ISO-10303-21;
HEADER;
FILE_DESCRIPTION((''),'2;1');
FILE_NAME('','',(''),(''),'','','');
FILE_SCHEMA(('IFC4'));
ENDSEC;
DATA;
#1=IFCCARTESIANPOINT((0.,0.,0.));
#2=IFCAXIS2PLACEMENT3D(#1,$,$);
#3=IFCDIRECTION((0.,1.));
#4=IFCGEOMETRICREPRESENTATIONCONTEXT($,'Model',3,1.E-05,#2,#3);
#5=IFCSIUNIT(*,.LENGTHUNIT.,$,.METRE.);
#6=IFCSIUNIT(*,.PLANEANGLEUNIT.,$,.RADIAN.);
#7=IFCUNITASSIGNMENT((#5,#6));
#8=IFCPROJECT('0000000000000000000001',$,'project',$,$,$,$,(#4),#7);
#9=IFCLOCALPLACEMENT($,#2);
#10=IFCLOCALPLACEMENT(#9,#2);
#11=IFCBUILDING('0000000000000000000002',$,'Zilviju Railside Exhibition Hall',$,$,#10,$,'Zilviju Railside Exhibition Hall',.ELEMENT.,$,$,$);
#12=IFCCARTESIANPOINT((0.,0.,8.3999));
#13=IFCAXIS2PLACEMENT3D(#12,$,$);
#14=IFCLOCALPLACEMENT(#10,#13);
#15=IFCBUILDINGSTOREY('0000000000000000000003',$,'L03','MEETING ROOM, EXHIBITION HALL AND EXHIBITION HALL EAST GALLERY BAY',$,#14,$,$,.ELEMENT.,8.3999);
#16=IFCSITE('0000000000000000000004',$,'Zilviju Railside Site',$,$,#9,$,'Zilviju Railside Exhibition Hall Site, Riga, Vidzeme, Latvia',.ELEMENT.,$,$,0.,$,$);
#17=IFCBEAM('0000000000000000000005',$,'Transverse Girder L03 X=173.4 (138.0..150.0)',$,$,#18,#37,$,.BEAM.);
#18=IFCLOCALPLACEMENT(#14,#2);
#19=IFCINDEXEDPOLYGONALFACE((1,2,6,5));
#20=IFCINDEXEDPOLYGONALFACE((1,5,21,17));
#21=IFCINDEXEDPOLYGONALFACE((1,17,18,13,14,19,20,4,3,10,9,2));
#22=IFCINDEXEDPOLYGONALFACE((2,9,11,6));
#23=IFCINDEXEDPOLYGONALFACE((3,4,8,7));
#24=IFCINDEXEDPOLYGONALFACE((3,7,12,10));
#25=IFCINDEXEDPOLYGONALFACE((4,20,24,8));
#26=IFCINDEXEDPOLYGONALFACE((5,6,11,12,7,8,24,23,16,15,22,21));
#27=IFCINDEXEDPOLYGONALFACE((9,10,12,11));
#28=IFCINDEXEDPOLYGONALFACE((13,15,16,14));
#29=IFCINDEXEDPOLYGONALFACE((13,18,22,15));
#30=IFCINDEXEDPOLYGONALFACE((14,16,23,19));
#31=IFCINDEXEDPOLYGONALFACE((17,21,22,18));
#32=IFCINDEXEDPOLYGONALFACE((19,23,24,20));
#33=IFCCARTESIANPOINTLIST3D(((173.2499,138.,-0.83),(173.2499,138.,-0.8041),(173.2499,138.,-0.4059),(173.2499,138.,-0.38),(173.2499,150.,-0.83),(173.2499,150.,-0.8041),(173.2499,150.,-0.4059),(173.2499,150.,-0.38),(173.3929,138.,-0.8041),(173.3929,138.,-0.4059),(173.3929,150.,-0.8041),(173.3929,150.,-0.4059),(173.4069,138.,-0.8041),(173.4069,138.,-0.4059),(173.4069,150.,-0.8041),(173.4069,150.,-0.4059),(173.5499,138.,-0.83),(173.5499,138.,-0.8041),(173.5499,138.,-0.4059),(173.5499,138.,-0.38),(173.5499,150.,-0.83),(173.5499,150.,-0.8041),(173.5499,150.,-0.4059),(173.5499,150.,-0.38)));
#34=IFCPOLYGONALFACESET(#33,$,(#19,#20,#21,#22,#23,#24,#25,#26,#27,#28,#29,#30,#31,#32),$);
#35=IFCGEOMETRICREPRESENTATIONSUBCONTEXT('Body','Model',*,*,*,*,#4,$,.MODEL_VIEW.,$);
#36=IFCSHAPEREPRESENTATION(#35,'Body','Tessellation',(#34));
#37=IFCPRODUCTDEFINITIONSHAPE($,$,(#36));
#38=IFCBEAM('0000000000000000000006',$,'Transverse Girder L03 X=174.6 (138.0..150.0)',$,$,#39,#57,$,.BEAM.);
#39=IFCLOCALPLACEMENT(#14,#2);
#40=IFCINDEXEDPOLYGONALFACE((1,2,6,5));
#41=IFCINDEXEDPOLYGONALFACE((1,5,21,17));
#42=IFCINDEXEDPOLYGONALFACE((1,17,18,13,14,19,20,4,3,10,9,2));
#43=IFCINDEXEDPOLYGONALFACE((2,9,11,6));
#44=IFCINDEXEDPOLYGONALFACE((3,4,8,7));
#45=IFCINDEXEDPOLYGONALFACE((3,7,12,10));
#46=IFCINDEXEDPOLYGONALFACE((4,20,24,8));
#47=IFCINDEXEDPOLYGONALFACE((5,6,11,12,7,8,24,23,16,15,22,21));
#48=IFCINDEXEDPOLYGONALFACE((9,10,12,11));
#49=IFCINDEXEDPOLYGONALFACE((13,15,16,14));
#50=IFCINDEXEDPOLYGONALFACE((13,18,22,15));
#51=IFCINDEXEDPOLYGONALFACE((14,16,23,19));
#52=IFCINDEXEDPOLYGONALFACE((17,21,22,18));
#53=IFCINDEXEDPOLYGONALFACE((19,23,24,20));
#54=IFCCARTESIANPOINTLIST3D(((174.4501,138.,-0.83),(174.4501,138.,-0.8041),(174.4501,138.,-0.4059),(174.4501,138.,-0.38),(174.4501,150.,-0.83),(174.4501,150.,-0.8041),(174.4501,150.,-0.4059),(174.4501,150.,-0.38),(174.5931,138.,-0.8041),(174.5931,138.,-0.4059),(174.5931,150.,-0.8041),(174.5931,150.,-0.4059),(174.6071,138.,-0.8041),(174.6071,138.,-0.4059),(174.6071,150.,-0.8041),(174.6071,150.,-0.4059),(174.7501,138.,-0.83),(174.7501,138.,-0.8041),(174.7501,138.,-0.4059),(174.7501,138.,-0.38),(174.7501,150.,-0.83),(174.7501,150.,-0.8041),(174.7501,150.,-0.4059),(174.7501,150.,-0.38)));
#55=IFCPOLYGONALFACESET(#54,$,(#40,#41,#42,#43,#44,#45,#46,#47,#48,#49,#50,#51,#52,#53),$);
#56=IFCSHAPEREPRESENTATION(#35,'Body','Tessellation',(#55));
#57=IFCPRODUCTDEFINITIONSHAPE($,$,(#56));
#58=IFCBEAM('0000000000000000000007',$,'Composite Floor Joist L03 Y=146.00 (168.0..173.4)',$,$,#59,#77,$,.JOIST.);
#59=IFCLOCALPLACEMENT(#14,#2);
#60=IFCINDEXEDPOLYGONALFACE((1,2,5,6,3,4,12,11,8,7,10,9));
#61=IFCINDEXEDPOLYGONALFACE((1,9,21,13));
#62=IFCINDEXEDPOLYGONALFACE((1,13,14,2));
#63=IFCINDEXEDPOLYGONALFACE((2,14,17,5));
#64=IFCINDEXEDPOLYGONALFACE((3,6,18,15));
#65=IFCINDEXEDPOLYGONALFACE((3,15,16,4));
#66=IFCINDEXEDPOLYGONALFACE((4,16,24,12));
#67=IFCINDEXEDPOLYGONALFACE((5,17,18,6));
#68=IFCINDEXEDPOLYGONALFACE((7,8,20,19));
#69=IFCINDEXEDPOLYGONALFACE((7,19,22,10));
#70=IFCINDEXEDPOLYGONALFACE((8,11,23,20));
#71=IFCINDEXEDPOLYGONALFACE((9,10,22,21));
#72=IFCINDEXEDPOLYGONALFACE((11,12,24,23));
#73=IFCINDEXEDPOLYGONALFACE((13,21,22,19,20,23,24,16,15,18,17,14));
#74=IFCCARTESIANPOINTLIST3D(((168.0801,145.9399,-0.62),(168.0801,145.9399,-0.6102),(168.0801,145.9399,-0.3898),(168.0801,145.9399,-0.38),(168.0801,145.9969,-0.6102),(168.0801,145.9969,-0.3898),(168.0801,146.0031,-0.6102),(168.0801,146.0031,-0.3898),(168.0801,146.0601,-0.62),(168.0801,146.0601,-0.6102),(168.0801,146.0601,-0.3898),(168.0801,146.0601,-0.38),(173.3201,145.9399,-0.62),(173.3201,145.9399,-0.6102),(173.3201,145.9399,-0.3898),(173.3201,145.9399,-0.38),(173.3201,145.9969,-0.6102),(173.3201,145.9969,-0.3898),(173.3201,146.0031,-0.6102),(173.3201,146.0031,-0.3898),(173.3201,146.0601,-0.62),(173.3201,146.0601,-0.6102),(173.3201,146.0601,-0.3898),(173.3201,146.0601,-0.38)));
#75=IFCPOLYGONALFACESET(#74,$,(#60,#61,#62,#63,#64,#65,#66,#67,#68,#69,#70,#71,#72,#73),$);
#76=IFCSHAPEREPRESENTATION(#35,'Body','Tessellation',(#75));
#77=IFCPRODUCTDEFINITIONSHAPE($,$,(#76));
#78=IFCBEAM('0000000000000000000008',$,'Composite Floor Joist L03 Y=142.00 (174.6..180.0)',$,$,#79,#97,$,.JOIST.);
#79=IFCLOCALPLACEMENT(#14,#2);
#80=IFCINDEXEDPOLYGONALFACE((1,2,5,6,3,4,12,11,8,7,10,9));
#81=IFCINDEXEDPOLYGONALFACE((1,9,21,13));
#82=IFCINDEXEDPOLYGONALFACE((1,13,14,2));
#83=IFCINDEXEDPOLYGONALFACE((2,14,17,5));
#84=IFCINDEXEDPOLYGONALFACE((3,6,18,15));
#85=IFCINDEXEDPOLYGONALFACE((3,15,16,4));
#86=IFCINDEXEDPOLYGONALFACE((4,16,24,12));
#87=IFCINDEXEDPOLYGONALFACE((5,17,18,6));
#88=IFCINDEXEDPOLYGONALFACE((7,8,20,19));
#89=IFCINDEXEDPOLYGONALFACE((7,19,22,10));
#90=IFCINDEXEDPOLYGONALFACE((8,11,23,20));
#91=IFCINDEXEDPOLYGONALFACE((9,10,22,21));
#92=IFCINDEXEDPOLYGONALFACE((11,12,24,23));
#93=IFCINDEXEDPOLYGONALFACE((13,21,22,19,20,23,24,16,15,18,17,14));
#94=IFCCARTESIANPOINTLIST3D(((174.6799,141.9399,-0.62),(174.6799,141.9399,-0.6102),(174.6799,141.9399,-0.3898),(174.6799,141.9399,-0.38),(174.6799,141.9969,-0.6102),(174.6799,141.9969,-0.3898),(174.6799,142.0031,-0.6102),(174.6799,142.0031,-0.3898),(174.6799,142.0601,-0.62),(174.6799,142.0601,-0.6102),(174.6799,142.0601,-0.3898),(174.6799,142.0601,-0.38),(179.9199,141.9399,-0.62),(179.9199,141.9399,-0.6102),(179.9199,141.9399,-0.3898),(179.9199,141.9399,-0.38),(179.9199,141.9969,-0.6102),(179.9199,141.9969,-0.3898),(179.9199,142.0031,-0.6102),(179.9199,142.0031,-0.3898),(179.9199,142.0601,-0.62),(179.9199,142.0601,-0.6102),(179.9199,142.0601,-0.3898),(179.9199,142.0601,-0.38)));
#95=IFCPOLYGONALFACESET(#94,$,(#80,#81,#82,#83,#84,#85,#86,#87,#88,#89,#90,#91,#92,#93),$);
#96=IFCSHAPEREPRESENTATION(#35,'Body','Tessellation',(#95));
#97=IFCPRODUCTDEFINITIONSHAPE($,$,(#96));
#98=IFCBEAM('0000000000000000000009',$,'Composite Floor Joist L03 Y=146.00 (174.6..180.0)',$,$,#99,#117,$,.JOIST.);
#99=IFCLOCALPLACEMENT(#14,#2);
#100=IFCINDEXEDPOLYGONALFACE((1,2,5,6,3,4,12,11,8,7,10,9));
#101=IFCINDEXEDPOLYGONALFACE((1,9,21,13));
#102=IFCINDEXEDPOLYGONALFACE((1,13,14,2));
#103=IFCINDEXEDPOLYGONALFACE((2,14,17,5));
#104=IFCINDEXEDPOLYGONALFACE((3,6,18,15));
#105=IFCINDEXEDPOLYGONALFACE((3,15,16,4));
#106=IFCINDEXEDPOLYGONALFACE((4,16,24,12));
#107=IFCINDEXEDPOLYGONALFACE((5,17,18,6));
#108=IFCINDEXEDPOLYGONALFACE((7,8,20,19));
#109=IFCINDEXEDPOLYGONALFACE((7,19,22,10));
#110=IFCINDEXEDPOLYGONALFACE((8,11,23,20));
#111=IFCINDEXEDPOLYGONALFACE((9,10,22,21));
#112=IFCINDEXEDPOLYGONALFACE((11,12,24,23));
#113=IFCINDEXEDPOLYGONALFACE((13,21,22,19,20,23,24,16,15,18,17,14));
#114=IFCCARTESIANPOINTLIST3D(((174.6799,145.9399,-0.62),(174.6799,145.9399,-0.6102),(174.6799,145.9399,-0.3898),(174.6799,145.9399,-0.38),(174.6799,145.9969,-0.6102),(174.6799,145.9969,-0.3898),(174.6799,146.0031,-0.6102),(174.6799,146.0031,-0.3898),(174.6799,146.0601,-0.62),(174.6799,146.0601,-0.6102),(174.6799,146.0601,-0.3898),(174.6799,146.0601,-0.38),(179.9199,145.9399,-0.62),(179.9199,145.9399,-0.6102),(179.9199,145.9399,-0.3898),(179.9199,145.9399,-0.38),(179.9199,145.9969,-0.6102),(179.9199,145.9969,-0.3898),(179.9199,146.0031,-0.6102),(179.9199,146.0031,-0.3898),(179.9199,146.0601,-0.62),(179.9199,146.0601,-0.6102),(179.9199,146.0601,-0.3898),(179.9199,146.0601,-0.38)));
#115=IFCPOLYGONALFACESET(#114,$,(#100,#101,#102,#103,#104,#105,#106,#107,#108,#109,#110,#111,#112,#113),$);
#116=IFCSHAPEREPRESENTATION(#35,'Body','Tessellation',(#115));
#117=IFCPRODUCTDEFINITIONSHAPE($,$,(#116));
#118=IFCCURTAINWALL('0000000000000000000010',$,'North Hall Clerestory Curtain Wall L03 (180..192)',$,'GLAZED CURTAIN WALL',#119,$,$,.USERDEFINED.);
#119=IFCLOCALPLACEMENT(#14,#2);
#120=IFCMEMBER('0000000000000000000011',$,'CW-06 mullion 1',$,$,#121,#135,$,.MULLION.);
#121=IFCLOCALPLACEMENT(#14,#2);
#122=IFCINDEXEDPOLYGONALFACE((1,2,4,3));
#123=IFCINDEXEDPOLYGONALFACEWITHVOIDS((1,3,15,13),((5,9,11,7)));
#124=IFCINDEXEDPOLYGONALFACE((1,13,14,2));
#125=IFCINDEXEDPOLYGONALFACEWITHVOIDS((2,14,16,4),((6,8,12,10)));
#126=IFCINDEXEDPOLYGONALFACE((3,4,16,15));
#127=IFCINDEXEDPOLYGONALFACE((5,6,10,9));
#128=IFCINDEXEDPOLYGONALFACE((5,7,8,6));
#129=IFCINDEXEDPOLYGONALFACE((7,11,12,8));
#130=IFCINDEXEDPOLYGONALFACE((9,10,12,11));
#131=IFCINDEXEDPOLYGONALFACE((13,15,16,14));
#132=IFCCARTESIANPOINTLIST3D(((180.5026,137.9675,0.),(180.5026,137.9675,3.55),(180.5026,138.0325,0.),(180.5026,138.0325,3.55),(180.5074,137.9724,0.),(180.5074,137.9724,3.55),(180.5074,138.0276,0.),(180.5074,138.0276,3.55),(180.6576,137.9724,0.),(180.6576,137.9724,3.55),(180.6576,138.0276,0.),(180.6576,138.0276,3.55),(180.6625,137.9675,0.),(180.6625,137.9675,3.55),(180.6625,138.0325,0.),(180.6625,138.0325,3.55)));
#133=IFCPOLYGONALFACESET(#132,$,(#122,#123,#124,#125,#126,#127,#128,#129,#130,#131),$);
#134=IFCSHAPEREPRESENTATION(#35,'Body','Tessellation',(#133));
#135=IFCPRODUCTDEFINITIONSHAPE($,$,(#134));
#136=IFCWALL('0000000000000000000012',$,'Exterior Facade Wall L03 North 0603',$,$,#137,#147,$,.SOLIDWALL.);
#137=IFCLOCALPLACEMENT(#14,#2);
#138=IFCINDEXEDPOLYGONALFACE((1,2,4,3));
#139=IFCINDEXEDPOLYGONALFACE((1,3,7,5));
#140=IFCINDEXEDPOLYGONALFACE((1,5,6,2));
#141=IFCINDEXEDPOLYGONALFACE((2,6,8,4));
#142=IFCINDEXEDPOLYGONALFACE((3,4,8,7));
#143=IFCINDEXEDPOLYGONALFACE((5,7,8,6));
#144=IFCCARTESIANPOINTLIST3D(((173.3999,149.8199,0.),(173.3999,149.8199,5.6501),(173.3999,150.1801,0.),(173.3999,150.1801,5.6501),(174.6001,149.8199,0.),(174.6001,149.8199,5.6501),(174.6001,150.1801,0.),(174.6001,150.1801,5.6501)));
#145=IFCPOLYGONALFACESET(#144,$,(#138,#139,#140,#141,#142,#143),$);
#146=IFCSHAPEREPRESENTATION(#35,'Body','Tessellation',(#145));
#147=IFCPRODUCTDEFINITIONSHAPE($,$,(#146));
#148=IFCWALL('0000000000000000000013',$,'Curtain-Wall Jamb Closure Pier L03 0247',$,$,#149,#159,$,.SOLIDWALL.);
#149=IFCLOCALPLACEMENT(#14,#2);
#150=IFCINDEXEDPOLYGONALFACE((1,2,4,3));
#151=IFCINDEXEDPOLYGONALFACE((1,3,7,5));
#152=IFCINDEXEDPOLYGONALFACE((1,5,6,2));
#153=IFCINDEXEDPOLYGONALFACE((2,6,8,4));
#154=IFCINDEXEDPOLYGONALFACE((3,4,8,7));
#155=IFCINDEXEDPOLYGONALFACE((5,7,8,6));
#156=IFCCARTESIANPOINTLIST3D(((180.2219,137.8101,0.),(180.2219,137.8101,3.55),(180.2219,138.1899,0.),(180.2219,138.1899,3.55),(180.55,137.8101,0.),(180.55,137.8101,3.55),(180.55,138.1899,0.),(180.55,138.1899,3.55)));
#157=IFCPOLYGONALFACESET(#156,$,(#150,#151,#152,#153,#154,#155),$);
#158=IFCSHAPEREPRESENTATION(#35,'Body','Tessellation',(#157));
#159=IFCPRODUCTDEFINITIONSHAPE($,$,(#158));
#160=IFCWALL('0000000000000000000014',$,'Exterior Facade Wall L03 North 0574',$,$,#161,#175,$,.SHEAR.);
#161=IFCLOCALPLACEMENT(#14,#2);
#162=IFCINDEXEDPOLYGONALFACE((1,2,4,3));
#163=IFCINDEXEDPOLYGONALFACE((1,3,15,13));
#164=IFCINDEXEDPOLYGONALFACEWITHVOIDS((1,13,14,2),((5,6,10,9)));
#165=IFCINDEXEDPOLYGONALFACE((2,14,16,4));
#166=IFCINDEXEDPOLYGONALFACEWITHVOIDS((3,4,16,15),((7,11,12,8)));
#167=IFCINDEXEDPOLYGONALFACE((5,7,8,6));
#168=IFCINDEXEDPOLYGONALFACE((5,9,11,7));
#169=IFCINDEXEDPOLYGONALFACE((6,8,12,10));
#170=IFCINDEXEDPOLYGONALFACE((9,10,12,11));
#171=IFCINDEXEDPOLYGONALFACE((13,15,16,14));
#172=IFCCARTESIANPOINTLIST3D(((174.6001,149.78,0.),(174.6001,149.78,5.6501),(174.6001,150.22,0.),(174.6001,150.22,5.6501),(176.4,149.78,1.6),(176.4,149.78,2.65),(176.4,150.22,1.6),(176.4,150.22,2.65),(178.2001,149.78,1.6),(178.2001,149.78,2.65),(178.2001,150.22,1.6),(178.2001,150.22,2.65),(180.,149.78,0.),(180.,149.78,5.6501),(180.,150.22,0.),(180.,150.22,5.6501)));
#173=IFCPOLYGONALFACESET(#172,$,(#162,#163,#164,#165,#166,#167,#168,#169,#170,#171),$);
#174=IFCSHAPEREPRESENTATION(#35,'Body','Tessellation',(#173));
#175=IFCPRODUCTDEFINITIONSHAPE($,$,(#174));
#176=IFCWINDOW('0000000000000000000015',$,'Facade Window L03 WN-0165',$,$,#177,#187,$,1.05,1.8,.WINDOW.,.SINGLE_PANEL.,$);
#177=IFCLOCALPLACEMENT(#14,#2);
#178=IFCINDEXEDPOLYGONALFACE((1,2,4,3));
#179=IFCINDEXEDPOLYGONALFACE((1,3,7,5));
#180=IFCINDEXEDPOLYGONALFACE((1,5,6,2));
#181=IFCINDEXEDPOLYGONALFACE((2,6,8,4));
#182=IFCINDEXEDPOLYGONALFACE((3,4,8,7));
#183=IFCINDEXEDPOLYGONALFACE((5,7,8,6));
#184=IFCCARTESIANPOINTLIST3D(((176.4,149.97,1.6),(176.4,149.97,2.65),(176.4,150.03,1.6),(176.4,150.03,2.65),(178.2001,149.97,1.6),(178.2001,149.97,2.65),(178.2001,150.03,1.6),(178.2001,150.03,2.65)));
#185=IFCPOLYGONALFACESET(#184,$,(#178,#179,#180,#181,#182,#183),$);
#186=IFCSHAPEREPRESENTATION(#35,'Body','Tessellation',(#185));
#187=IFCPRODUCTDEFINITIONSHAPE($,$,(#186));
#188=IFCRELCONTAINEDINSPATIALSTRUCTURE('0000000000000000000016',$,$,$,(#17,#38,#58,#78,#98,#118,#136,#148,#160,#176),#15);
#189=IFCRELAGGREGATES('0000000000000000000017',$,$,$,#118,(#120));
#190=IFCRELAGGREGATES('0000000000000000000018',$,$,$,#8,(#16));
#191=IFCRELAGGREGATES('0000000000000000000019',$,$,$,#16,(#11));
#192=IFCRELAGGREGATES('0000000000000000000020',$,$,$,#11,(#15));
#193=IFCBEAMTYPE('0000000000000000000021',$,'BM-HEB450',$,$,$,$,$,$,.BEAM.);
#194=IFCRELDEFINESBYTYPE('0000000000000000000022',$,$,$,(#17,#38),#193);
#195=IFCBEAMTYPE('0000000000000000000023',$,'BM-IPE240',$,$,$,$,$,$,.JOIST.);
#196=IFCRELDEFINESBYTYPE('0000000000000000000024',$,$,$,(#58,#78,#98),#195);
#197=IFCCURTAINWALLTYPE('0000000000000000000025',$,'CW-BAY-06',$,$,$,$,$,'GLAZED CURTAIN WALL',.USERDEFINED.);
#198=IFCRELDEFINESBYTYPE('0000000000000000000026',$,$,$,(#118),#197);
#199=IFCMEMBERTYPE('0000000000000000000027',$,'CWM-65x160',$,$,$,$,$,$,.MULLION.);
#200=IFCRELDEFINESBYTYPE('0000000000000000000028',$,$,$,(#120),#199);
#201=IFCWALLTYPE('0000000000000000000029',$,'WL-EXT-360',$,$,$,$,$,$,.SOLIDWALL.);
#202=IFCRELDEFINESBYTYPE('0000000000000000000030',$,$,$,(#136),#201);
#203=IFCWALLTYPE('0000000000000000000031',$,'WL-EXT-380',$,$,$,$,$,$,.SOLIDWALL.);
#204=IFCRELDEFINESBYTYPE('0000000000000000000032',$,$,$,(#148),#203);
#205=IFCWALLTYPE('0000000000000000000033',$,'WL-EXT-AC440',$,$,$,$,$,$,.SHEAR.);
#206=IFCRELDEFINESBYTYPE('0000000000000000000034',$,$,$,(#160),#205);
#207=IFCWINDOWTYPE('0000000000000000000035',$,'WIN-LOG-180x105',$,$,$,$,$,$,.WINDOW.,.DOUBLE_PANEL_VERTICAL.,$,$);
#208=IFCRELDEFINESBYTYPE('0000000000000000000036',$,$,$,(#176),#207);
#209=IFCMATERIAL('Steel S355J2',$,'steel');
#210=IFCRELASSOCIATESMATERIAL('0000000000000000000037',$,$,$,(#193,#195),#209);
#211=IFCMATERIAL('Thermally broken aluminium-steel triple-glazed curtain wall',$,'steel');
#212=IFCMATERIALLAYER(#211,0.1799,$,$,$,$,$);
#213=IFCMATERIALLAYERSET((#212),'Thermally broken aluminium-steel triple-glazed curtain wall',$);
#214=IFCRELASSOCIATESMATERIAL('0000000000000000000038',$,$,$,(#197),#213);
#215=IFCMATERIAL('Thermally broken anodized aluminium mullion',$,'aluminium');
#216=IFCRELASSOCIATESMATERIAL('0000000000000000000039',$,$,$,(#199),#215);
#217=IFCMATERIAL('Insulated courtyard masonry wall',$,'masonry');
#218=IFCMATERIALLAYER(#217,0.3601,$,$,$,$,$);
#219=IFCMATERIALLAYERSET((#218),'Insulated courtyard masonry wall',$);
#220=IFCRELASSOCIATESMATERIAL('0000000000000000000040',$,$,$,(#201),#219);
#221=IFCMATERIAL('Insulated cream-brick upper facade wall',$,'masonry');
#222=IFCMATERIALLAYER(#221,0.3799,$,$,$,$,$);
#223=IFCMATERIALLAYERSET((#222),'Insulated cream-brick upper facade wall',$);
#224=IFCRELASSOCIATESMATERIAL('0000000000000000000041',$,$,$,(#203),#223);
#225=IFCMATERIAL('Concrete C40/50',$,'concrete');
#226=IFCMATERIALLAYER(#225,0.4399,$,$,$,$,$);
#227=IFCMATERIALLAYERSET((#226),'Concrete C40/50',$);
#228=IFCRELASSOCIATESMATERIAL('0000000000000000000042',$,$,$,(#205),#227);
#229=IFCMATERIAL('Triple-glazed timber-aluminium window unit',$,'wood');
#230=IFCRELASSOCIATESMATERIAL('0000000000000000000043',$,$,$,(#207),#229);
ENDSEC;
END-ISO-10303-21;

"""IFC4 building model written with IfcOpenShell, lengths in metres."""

from ifc_helpers import new_model, si_unit, direction, frame, frame_2d, origin, origin_2d, place, context, subcontext, project, spatial, rectangle, hollow_rectangle, i_section, extrude, material, layer, layer_set, material_profile, profile_set, type_object, element, fill, aggregate, save


model = new_model("IFC4")

# Units and contexts
model_context = context("Model", 3, precision=1e-05, world=origin(), true_north=direction((0.0, 1.0)))
body_context = subcontext(model_context, "Body", "Model", "MODEL_VIEW")
ifc_project = project(units=[si_unit("LENGTHUNIT", "METRE"), si_unit("PLANEANGLEUNIT", "RADIAN")], contexts=[model_context])

# Site, building, storey
site_placement = place(None, origin())
site = spatial("IfcSite", under=ifc_project, at=site_placement, Name="Zilviju Railside Site", LongName="Zilviju Railside Exhibition Hall Site, Riga, Vidzeme, Latvia", CompositionType="ELEMENT", RefElevation=0.0)
building_placement = place(site_placement, origin())
building = spatial("IfcBuilding", under=site, at=building_placement, Name="Zilviju Railside Exhibition Hall", LongName="Zilviju Railside Exhibition Hall", CompositionType="ELEMENT")
storey_placement = place(building_placement, frame((0.0, 0.0, 8.3999)))
storey = spatial("IfcBuildingStorey", under=building, at=storey_placement, Name="L03", Description="MEETING ROOM, EXHIBITION HALL AND EXHIBITION HALL EAST GALLERY BAY", CompositionType="ELEMENT", Elevation=8.3999)

# Shared definitions
ifc_material_1 = material(Name="Concrete C40/50", Category="concrete")
ifc_material_2 = material(Name="Steel S355J2", Category="steel")

# Beams
ifc_material_profile_1 = material_profile(ifc_material_2, i_section(OverallWidth=0.3, OverallDepth=0.45, WebThickness=0.0139, FlangeThickness=0.0259, at=origin_2d()), Name="HEB 450")
ifc_profile_set_1 = profile_set([ifc_material_profile_1], Name="Steel S355J2")
beam_type_1 = type_object("IfcBeamType", Name="BM-HEB450", PredefinedType="BEAM", material=ifc_profile_set_1)
for number, where, z_axis, x_axis, name in (
    (1, (173.3999, 138.0, -0.605), (0.0, 1.0, 0.0), (-1.0, 0.0, 0.0), "Transverse Girder L03 X=173.4 (138.0..150.0)"),
    (2, (174.6001, 138.0, -0.605), (0.0, 1.0, 0.0), (-1.0, 0.0, 0.0), "Transverse Girder L03 X=174.6 (138.0..150.0)"),
):
    element("IfcBeam", number, at=place(storey_placement, frame(where, z_axis=z_axis, x_axis=x_axis)), inside=storey, type_object=beam_type_1, Name=name, PredefinedType="BEAM", context=body_context, shape_type="SweptSolid", body=[
        extrude(i_section(OverallWidth=0.3, OverallDepth=0.45, WebThickness=0.0139, FlangeThickness=0.0259, at=origin_2d()), origin(), (0.0, 0.0, 1.0), 12.0),
    ])
ifc_material_profile_2 = material_profile(ifc_material_2, i_section(OverallWidth=0.1201, OverallDepth=0.24, WebThickness=0.0061, FlangeThickness=0.0098, at=origin_2d()), Name="IPE 240")
ifc_profile_set_2 = profile_set([ifc_material_profile_2], Name="Steel S355J2")
beam_type_2 = type_object("IfcBeamType", Name="BM-IPE240", PredefinedType="JOIST", material=ifc_profile_set_2)
for number, where, z_axis, x_axis, name in (
    (3, (168.0801, 146.0, -0.5), (1.0, 0.0, 0.0), (0.0, 1.0, 0.0), "Composite Floor Joist L03 Y=146.00 (168.0..173.4)"),
    (4, (174.6799, 142.0, -0.5), (1.0, 0.0, 0.0), (0.0, 1.0, 0.0), "Composite Floor Joist L03 Y=142.00 (174.6..180.0)"),
    (5, (174.6799, 146.0, -0.5), (1.0, 0.0, 0.0), (0.0, 1.0, 0.0), "Composite Floor Joist L03 Y=146.00 (174.6..180.0)"),
):
    element("IfcBeam", number, at=place(storey_placement, frame(where, z_axis=z_axis, x_axis=x_axis)), inside=storey, type_object=beam_type_2, Name=name, PredefinedType="JOIST", context=body_context, shape_type="SweptSolid", body=[
        extrude(i_section(OverallWidth=0.1201, OverallDepth=0.24, WebThickness=0.0061, FlangeThickness=0.0098, at=origin_2d()), origin(), (0.0, 0.0, 1.0), 5.24),
    ])

# Curtain wall, member
ifc_material_3 = material(Name="Thermally broken aluminium-steel triple-glazed curtain wall", Category="steel")
ifc_layer_1 = layer(ifc_material_3, 0.1799)
ifc_layer_set_1 = layer_set([ifc_layer_1], Name="Thermally broken aluminium-steel triple-glazed curtain wall")
curtain_wall_type = type_object("IfcCurtainWallType", Name="CW-BAY-06", ElementType="GLAZED CURTAIN WALL", PredefinedType="USERDEFINED", material=ifc_layer_set_1)
curtain_wall_placement = place(storey_placement, origin())
curtain_wall = element("IfcCurtainWall", 6, at=curtain_wall_placement, inside=storey, type_object=curtain_wall_type, Name="North Hall Clerestory Curtain Wall L03 (180..192)", ObjectType="GLAZED CURTAIN WALL", PredefinedType="USERDEFINED")
ifc_material_4 = material(Name="Thermally broken anodized aluminium mullion", Category="aluminium")
ifc_material_profile_3 = material_profile(ifc_material_4, hollow_rectangle(XDim=0.0649, YDim=0.1599, WallThickness=0.0049, at=origin_2d()), Name="MULLION 160x65x5")
ifc_profile_set_3 = profile_set([ifc_material_profile_3], Name="Thermally broken anodized aluminium mullion")
member_type = type_object("IfcMemberType", Name="CWM-65x160", PredefinedType="MULLION", material=ifc_profile_set_3)
member_placement = place(storey_placement, frame((180.5825, 138.0, 0.0), z_axis=(0.0, 0.0, 1.0), x_axis=(0.0, 1.0, 0.0)))
member = element("IfcMember", 7, at=member_placement, type_object=member_type, Name="CW-06 mullion 1", PredefinedType="MULLION", context=body_context, shape_type="SweptSolid", body=[
    extrude(hollow_rectangle(XDim=0.0649, YDim=0.1599, WallThickness=0.0049, at=origin_2d()), origin(), (0.0, 0.0, 1.0), 3.55),
])
aggregate(curtain_wall, [member])

# Walls
ifc_material_5 = material(Name="Insulated courtyard masonry wall", Category="masonry")
ifc_layer_2 = layer(ifc_material_5, 0.3601)
ifc_layer_set_2 = layer_set([ifc_layer_2], Name="Insulated courtyard masonry wall")
wall_type_1 = type_object("IfcWallType", Name="WL-EXT-360", PredefinedType="SOLIDWALL", material=ifc_layer_set_2)
wall_1_placement = place(storey_placement, frame((173.3999, 150.0, 0.0), z_axis=(0.0, 0.0, 1.0), x_axis=(1.0, 0.0, 0.0)))
element("IfcWall", 8, at=wall_1_placement, inside=storey, type_object=wall_type_1, Name="Exterior Facade Wall L03 North 0603", PredefinedType="SOLIDWALL", context=body_context, shape_type="SweptSolid", body=[
    extrude(rectangle(XDim=1.2002, YDim=0.3601, at=frame_2d((0.6001, 0.0))), origin(), (0.0, 0.0, 1.0), 5.6501),
])
ifc_material_6 = material(Name="Insulated cream-brick upper facade wall", Category="masonry")
ifc_layer_3 = layer(ifc_material_6, 0.3799)
ifc_layer_set_3 = layer_set([ifc_layer_3], Name="Insulated cream-brick upper facade wall")
wall_type_2 = type_object("IfcWallType", Name="WL-EXT-380", PredefinedType="SOLIDWALL", material=ifc_layer_set_3)
wall_2_placement = place(storey_placement, frame((180.2219, 138.0, 0.0), z_axis=(0.0, 0.0, 1.0), x_axis=(1.0, 0.0, 0.0)))
element("IfcWall", 9, at=wall_2_placement, inside=storey, type_object=wall_type_2, Name="Curtain-Wall Jamb Closure Pier L03 0247", PredefinedType="SOLIDWALL", context=body_context, shape_type="SweptSolid", body=[
    extrude(rectangle(XDim=0.3281, YDim=0.3799, at=frame_2d((0.1641, 0.0))), origin(), (0.0, 0.0, 1.0), 3.55),
])

# Wall, opening, window
ifc_layer_4 = layer(ifc_material_1, 0.4399)
ifc_layer_set_4 = layer_set([ifc_layer_4], Name="Concrete C40/50")
wall_type_3 = type_object("IfcWallType", Name="WL-EXT-AC440", PredefinedType="SHEAR", material=ifc_layer_set_4)
wall_3_placement = place(storey_placement, frame((174.6001, 150.0, 0.0), z_axis=(0.0, 0.0, 1.0), x_axis=(1.0, 0.0, 0.0)))
wall_3 = element("IfcWall", 10, at=wall_3_placement, inside=storey, type_object=wall_type_3, Name="Exterior Facade Wall L03 North 0574", PredefinedType="SHEAR", context=body_context, shape_type="SweptSolid", body=[
    extrude(rectangle(XDim=5.3999, YDim=0.4399, at=frame_2d((2.7, 0.0))), origin(), (0.0, 0.0, 1.0), 5.6501),
])
opening_1_placement = place(wall_3_placement, frame((1.8, 0.0, 1.6001)))
opening_1 = element("IfcOpeningElement", 11, at=opening_1_placement, cuts=wall_3, PredefinedType="OPENING", context=body_context, shape_type="SweptSolid", body=[
    extrude(rectangle(XDim=1.8, YDim=1.05, at=frame_2d((0.8999, 0.5249))), frame((0.0, 0.23, 0.0), z_axis=(0.0, -1.0, 0.0), x_axis=(1.0, 0.0, 0.0)), (0.0, 0.0, 1.0), 0.46),
])
ifc_material_7 = material(Name="Triple-glazed timber-aluminium window unit", Category="wood")
window_type_1 = type_object("IfcWindowType", Name="WIN-LOG-180x105", PartitioningType="DOUBLE_PANEL_VERTICAL", PredefinedType="WINDOW", material=ifc_material_7)
window_1_placement = place(opening_1_placement, origin())
window_1 = element("IfcWindow", 12, at=window_1_placement, inside=storey, type_object=window_type_1, Name="Facade Window L03 WN-0165", OverallHeight=1.05, OverallWidth=1.8, PartitioningType="SINGLE_PANEL", PredefinedType="WINDOW", context=body_context, shape_type="SweptSolid", body=[
    extrude(rectangle(XDim=1.8, YDim=1.05, at=frame_2d((0.8999, 0.5249))), frame((0.0, 0.03, 0.0), z_axis=(0.0, -1.0, 0.0), x_axis=(1.0, 0.0, 0.0)), (0.0, 0.0, 1.0), 0.0601),
])
fill(opening_1, window_1)

save(model, "model.ifc")
